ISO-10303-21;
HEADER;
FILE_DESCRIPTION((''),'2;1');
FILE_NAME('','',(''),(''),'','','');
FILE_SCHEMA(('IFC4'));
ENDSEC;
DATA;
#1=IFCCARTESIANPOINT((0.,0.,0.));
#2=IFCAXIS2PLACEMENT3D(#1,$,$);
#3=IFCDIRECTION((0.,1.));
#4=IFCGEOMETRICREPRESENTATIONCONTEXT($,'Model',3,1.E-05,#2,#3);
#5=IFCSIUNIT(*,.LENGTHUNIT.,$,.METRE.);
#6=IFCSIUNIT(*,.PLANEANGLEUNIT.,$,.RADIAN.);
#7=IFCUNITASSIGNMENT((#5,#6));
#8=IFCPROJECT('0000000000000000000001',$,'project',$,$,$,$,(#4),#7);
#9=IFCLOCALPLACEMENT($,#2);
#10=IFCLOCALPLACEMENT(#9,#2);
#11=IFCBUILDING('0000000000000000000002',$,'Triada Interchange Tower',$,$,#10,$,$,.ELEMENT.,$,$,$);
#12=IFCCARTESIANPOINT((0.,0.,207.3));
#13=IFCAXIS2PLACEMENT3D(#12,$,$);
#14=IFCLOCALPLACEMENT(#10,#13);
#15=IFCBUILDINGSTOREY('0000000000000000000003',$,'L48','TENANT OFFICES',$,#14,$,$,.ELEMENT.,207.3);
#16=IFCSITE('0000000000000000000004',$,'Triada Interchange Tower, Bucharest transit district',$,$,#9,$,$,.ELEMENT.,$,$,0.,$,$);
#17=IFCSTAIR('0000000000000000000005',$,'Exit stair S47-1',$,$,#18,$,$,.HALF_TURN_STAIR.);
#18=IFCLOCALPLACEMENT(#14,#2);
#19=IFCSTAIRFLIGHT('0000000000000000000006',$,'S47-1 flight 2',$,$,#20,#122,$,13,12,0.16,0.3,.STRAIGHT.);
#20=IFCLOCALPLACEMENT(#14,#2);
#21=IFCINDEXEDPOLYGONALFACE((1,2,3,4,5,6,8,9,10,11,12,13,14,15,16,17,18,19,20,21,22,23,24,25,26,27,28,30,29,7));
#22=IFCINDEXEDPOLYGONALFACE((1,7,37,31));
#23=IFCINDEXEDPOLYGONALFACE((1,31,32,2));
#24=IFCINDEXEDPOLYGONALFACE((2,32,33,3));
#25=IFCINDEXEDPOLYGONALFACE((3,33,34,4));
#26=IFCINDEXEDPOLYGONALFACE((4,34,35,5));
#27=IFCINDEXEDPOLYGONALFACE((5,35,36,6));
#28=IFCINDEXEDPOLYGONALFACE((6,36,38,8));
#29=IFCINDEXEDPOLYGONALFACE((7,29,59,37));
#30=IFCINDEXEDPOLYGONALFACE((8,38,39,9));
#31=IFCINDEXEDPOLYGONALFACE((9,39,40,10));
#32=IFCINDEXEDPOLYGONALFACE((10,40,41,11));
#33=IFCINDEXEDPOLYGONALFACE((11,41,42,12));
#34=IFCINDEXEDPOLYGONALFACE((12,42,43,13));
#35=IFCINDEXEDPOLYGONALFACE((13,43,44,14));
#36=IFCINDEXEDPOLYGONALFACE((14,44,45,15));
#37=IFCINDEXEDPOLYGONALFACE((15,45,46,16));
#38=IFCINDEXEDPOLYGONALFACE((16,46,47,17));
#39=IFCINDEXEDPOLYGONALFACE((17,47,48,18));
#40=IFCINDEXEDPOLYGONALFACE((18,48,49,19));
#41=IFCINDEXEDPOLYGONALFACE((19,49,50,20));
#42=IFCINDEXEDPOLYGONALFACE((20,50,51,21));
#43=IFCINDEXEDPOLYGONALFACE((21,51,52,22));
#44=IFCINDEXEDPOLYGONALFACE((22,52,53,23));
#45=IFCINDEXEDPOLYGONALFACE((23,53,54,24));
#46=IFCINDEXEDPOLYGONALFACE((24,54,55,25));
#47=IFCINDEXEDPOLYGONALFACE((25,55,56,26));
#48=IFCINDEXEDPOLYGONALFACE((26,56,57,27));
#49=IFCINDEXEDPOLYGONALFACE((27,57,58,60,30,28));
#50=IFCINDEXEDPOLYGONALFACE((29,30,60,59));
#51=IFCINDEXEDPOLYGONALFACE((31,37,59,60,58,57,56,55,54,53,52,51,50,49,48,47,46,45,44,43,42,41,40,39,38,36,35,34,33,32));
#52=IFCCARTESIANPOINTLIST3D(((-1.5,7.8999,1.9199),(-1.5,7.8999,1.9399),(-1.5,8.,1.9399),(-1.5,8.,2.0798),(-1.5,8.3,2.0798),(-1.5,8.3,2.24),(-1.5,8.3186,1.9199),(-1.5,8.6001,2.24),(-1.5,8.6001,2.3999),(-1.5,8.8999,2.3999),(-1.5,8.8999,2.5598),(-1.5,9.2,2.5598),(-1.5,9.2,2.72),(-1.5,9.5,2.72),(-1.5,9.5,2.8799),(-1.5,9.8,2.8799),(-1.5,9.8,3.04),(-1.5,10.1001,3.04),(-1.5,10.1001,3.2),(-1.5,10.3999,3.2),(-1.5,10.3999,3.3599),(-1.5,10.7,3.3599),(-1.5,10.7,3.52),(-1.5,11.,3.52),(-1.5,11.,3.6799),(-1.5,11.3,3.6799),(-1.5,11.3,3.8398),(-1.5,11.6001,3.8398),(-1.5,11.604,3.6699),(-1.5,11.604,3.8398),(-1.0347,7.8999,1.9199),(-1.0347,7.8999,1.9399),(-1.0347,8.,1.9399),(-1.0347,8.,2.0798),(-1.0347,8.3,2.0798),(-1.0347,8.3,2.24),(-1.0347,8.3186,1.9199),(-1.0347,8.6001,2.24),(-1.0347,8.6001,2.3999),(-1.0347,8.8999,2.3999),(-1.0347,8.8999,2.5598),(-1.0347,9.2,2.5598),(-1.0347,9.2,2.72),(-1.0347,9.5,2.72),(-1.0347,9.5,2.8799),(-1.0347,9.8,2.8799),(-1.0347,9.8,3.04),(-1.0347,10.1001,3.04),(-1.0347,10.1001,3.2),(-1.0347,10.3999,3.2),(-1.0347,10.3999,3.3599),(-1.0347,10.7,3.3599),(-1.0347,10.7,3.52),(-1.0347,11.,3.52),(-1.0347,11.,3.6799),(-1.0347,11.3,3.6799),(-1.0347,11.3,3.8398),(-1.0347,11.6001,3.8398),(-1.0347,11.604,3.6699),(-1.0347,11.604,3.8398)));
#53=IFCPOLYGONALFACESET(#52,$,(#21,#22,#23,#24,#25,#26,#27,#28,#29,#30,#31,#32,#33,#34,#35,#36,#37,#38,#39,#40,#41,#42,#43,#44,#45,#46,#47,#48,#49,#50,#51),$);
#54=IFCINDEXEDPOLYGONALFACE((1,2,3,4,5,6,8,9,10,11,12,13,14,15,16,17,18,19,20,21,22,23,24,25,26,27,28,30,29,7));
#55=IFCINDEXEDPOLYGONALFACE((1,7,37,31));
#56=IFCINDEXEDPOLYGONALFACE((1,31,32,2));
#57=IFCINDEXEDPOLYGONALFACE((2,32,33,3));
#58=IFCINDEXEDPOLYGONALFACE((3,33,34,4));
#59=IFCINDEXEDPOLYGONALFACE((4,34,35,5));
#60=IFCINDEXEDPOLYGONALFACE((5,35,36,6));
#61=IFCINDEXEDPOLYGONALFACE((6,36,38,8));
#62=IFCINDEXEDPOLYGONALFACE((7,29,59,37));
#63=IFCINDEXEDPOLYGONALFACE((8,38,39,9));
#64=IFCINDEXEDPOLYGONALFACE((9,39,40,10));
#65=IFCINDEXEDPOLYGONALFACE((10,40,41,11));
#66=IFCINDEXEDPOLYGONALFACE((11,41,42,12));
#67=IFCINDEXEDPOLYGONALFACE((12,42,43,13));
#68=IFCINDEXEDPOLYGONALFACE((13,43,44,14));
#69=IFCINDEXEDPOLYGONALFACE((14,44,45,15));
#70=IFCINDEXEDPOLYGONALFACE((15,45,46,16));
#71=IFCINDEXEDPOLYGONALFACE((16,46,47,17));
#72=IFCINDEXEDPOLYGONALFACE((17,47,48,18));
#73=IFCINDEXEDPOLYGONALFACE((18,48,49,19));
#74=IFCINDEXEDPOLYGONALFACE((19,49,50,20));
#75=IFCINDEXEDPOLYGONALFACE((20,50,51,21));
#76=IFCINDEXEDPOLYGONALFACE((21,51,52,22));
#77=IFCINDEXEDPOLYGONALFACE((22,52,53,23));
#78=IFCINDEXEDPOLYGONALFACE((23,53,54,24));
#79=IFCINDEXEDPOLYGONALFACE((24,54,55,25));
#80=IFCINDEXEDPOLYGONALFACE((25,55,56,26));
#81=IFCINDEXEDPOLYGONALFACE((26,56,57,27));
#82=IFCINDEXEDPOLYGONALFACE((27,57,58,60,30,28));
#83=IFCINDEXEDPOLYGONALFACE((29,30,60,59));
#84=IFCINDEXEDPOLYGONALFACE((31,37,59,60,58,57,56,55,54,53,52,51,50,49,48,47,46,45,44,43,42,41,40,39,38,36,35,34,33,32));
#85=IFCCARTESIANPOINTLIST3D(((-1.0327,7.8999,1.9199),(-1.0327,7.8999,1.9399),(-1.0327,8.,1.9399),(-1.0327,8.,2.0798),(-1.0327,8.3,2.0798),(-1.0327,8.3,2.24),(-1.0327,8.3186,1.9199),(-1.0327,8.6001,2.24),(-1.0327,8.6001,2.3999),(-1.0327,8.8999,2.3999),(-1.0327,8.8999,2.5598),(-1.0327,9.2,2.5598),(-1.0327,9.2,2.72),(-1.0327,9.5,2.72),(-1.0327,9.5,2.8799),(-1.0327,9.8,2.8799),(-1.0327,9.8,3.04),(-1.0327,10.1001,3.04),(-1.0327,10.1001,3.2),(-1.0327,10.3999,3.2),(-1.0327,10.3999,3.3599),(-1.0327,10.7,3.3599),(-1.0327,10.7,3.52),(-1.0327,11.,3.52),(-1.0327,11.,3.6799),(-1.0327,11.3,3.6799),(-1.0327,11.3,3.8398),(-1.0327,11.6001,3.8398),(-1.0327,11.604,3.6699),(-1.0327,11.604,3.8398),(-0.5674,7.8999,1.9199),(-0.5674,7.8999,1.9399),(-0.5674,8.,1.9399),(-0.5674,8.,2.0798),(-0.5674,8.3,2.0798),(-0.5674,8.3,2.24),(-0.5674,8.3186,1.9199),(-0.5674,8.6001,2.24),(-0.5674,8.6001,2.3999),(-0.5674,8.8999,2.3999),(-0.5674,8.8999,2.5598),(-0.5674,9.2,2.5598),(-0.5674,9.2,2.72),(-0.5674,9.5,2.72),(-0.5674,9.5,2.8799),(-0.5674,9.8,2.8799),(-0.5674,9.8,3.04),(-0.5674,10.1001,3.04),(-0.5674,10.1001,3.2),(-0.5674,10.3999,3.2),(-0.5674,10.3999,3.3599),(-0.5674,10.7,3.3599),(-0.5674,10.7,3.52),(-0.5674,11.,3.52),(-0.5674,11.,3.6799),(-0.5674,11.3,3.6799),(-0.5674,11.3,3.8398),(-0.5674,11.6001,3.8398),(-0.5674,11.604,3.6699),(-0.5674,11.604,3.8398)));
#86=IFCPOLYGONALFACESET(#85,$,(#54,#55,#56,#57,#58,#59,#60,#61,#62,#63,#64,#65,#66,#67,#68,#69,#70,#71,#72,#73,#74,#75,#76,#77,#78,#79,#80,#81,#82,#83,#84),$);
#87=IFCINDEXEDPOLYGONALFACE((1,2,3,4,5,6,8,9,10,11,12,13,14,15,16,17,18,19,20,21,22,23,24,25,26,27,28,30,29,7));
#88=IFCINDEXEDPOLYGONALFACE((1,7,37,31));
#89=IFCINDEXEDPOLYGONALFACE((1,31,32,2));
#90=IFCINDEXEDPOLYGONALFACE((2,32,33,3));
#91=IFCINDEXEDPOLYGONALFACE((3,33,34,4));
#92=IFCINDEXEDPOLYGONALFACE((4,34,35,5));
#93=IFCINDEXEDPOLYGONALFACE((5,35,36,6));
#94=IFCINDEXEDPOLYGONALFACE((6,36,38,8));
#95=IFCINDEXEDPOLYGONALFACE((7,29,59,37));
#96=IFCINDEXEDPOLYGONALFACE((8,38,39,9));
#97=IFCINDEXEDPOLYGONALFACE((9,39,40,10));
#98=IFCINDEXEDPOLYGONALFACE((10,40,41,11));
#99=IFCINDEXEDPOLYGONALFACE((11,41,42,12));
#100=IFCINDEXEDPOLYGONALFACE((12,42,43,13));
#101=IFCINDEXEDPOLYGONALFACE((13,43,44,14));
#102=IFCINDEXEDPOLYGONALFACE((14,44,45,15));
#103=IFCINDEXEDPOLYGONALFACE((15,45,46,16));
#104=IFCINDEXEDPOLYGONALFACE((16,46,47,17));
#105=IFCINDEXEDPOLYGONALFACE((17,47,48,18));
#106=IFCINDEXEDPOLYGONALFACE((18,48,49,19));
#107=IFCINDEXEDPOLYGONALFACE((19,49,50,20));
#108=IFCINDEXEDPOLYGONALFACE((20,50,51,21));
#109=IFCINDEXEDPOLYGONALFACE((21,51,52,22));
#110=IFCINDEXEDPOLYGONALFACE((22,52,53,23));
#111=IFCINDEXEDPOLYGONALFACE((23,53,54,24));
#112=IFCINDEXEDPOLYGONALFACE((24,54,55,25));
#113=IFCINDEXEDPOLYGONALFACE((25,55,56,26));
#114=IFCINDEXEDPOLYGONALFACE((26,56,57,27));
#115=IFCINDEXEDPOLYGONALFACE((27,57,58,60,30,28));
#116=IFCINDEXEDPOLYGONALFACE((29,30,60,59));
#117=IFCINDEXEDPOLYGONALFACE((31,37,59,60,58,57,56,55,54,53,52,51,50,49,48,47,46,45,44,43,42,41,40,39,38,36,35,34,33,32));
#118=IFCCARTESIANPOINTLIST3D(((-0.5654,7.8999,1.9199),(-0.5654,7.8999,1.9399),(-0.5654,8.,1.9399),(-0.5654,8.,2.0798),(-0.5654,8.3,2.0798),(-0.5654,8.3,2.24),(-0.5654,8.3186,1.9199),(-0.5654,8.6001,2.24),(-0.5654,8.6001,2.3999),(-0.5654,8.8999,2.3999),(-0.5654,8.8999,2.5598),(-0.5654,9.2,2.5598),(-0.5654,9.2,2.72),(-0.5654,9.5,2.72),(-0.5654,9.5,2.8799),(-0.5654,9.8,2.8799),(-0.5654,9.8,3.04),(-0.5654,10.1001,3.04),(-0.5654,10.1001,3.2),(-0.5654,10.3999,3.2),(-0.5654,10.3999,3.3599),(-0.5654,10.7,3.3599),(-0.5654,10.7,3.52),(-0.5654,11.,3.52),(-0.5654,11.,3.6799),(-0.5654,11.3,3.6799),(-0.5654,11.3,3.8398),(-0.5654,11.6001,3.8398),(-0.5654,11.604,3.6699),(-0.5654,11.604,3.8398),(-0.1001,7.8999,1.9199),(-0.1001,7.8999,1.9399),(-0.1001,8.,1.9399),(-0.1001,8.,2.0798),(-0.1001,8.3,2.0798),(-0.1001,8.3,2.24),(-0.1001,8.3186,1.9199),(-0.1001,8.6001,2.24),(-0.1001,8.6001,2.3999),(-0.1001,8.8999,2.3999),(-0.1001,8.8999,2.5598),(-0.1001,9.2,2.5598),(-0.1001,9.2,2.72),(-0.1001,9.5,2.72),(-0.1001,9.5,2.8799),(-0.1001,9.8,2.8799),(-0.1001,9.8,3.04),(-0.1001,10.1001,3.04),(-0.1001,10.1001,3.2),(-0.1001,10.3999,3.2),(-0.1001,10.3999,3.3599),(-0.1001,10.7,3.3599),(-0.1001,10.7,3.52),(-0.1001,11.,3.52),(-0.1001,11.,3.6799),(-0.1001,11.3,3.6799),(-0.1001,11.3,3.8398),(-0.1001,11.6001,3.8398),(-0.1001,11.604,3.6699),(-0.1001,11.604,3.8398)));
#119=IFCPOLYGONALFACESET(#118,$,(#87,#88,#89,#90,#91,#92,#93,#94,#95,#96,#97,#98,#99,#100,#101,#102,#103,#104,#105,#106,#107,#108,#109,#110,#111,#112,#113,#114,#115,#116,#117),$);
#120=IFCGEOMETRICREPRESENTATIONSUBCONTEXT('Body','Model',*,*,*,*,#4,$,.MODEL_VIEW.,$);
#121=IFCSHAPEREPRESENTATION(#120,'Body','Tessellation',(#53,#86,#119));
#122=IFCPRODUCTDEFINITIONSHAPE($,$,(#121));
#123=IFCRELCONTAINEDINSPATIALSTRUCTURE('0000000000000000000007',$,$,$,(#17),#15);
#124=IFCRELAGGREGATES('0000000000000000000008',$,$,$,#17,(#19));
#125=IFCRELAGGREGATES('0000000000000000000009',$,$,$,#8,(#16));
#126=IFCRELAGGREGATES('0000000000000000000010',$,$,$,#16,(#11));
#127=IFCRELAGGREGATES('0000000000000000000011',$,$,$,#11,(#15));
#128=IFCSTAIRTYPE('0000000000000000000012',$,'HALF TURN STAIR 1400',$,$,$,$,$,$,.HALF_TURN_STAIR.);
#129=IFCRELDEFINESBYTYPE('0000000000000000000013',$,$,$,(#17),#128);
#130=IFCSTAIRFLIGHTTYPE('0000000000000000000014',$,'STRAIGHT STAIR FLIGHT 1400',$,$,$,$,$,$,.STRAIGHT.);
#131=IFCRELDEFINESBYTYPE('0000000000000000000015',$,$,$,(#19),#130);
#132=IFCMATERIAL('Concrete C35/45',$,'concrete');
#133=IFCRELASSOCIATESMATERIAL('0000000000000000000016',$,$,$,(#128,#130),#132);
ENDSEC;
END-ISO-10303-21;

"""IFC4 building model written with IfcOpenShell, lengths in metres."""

from ifc_helpers import new_model, si_unit, direction, frame, origin, place, context, subcontext, project, spatial, polyline, outline, extrude, material, type_object, element, aggregate, save


model = new_model("IFC4")

# Units and contexts
model_context = context("Model", 3, precision=1e-05, world=origin(), true_north=direction((0.0, 1.0)))
body_context = subcontext(model_context, "Body", "Model", "MODEL_VIEW")
ifc_project = project(units=[si_unit("LENGTHUNIT", "METRE"), si_unit("PLANEANGLEUNIT", "RADIAN")], contexts=[model_context])

# Site, building, storey
site_placement = place(None, origin())
site = spatial("IfcSite", under=ifc_project, at=site_placement, Name="Triada Interchange Tower, Bucharest transit district", CompositionType="ELEMENT", RefElevation=0.0)
building_placement = place(site_placement, origin())
building = spatial("IfcBuilding", under=site, at=building_placement, Name="Triada Interchange Tower", CompositionType="ELEMENT")
storey_placement = place(building_placement, frame((0.0, 0.0, 207.3)))
storey = spatial("IfcBuildingStorey", under=building, at=storey_placement, Name="L48", Description="TENANT OFFICES", CompositionType="ELEMENT", Elevation=207.3)

# Stair, stair flight
ifc_material_1 = material(Name="Concrete C35/45", Category="concrete")
stair_type = type_object("IfcStairType", Name="HALF TURN STAIR 1400", PredefinedType="HALF_TURN_STAIR", material=ifc_material_1)
stair_placement = place(storey_placement, origin())
stair = element("IfcStair", 1, at=stair_placement, inside=storey, type_object=stair_type, Name="Exit stair S47-1", PredefinedType="HALF_TURN_STAIR")
stair_flight_type = type_object("IfcStairFlightType", Name="STRAIGHT STAIR FLIGHT 1400", PredefinedType="STRAIGHT", material=ifc_material_1)
stair_flight_placement = place(storey_placement, frame((-0.8, 8.0, 1.9199), z_axis=(0.0, 0.0, 1.0), x_axis=(0.0, 1.0, 0.0)))
stair_flight = element("IfcStairFlight", 2, at=stair_flight_placement, type_object=stair_flight_type, Name="S47-1 flight 2", NumberOfRisers=13, NumberOfTreads=12, PredefinedType="STRAIGHT", RiserHeight=0.16, TreadLength=0.3, context=body_context, shape_type="SweptSolid", body=[
    extrude(outline(polyline([(-0.1001, 0.0), (-0.1001, 0.02), (0.0, 0.02), (0.0, 0.1599), (0.3, 0.1599), (0.3, 0.3201), (0.6001, 0.3201), (0.6001, 0.48), (0.8999, 0.48), (0.8999, 0.6399), (1.2, 0.6399), (1.2, 0.8), (1.5, 0.8), (1.5, 0.96), (1.8, 0.96), (1.8, 1.1201), (2.1001, 1.1201), (2.1001, 1.28), (2.3999, 1.28), (2.3999, 1.4399), (2.7, 1.4399), (2.7, 1.6001), (3.0, 1.6001), (3.0, 1.76), (3.3, 1.76), (3.3, 1.9199), (3.6001, 1.9199), (3.604, 1.9199), (3.604, 2.0801), (3.604, 1.75), (0.3186, 0.0), (-0.1001, 0.0)])), frame((0.0, 0.7, 0.0), z_axis=(0.0, -1.0, 0.0), x_axis=(1.0, 0.0, 0.0)), (0.0, 0.0, 1.0), 0.4653),
    extrude(outline(polyline([(-0.1001, 0.0), (-0.1001, 0.02), (0.0, 0.02), (0.0, 0.1599), (0.3, 0.1599), (0.3, 0.3201), (0.6001, 0.3201), (0.6001, 0.48), (0.8999, 0.48), (0.8999, 0.6399), (1.2, 0.6399), (1.2, 0.8), (1.5, 0.8), (1.5, 0.96), (1.8, 0.96), (1.8, 1.1201), (2.1001, 1.1201), (2.1001, 1.28), (2.3999, 1.28), (2.3999, 1.4399), (2.7, 1.4399), (2.7, 1.6001), (3.0, 1.6001), (3.0, 1.76), (3.3, 1.76), (3.3, 1.9199), (3.6001, 1.9199), (3.604, 1.9199), (3.604, 2.0801), (3.604, 1.75), (0.3186, 0.0), (-0.1001, 0.0)])), frame((0.0, 0.2327, 0.0), z_axis=(0.0, -1.0, 0.0), x_axis=(1.0, 0.0, 0.0)), (0.0, 0.0, 1.0), 0.4653),
    extrude(outline(polyline([(-0.1001, 0.0), (-0.1001, 0.02), (0.0, 0.02), (0.0, 0.1599), (0.3, 0.1599), (0.3, 0.3201), (0.6001, 0.3201), (0.6001, 0.48), (0.8999, 0.48), (0.8999, 0.6399), (1.2, 0.6399), (1.2, 0.8), (1.5, 0.8), (1.5, 0.96), (1.8, 0.96), (1.8, 1.1201), (2.1001, 1.1201), (2.1001, 1.28), (2.3999, 1.28), (2.3999, 1.4399), (2.7, 1.4399), (2.7, 1.6001), (3.0, 1.6001), (3.0, 1.76), (3.3, 1.76), (3.3, 1.9199), (3.6001, 1.9199), (3.604, 1.9199), (3.604, 2.0801), (3.604, 1.75), (0.3186, 0.0), (-0.1001, 0.0)])), frame((0.0, -0.2346, 0.0), z_axis=(0.0, -1.0, 0.0), x_axis=(1.0, 0.0, 0.0)), (0.0, 0.0, 1.0), 0.4653),
])
aggregate(stair, [stair_flight])

save(model, "model.ifc")
